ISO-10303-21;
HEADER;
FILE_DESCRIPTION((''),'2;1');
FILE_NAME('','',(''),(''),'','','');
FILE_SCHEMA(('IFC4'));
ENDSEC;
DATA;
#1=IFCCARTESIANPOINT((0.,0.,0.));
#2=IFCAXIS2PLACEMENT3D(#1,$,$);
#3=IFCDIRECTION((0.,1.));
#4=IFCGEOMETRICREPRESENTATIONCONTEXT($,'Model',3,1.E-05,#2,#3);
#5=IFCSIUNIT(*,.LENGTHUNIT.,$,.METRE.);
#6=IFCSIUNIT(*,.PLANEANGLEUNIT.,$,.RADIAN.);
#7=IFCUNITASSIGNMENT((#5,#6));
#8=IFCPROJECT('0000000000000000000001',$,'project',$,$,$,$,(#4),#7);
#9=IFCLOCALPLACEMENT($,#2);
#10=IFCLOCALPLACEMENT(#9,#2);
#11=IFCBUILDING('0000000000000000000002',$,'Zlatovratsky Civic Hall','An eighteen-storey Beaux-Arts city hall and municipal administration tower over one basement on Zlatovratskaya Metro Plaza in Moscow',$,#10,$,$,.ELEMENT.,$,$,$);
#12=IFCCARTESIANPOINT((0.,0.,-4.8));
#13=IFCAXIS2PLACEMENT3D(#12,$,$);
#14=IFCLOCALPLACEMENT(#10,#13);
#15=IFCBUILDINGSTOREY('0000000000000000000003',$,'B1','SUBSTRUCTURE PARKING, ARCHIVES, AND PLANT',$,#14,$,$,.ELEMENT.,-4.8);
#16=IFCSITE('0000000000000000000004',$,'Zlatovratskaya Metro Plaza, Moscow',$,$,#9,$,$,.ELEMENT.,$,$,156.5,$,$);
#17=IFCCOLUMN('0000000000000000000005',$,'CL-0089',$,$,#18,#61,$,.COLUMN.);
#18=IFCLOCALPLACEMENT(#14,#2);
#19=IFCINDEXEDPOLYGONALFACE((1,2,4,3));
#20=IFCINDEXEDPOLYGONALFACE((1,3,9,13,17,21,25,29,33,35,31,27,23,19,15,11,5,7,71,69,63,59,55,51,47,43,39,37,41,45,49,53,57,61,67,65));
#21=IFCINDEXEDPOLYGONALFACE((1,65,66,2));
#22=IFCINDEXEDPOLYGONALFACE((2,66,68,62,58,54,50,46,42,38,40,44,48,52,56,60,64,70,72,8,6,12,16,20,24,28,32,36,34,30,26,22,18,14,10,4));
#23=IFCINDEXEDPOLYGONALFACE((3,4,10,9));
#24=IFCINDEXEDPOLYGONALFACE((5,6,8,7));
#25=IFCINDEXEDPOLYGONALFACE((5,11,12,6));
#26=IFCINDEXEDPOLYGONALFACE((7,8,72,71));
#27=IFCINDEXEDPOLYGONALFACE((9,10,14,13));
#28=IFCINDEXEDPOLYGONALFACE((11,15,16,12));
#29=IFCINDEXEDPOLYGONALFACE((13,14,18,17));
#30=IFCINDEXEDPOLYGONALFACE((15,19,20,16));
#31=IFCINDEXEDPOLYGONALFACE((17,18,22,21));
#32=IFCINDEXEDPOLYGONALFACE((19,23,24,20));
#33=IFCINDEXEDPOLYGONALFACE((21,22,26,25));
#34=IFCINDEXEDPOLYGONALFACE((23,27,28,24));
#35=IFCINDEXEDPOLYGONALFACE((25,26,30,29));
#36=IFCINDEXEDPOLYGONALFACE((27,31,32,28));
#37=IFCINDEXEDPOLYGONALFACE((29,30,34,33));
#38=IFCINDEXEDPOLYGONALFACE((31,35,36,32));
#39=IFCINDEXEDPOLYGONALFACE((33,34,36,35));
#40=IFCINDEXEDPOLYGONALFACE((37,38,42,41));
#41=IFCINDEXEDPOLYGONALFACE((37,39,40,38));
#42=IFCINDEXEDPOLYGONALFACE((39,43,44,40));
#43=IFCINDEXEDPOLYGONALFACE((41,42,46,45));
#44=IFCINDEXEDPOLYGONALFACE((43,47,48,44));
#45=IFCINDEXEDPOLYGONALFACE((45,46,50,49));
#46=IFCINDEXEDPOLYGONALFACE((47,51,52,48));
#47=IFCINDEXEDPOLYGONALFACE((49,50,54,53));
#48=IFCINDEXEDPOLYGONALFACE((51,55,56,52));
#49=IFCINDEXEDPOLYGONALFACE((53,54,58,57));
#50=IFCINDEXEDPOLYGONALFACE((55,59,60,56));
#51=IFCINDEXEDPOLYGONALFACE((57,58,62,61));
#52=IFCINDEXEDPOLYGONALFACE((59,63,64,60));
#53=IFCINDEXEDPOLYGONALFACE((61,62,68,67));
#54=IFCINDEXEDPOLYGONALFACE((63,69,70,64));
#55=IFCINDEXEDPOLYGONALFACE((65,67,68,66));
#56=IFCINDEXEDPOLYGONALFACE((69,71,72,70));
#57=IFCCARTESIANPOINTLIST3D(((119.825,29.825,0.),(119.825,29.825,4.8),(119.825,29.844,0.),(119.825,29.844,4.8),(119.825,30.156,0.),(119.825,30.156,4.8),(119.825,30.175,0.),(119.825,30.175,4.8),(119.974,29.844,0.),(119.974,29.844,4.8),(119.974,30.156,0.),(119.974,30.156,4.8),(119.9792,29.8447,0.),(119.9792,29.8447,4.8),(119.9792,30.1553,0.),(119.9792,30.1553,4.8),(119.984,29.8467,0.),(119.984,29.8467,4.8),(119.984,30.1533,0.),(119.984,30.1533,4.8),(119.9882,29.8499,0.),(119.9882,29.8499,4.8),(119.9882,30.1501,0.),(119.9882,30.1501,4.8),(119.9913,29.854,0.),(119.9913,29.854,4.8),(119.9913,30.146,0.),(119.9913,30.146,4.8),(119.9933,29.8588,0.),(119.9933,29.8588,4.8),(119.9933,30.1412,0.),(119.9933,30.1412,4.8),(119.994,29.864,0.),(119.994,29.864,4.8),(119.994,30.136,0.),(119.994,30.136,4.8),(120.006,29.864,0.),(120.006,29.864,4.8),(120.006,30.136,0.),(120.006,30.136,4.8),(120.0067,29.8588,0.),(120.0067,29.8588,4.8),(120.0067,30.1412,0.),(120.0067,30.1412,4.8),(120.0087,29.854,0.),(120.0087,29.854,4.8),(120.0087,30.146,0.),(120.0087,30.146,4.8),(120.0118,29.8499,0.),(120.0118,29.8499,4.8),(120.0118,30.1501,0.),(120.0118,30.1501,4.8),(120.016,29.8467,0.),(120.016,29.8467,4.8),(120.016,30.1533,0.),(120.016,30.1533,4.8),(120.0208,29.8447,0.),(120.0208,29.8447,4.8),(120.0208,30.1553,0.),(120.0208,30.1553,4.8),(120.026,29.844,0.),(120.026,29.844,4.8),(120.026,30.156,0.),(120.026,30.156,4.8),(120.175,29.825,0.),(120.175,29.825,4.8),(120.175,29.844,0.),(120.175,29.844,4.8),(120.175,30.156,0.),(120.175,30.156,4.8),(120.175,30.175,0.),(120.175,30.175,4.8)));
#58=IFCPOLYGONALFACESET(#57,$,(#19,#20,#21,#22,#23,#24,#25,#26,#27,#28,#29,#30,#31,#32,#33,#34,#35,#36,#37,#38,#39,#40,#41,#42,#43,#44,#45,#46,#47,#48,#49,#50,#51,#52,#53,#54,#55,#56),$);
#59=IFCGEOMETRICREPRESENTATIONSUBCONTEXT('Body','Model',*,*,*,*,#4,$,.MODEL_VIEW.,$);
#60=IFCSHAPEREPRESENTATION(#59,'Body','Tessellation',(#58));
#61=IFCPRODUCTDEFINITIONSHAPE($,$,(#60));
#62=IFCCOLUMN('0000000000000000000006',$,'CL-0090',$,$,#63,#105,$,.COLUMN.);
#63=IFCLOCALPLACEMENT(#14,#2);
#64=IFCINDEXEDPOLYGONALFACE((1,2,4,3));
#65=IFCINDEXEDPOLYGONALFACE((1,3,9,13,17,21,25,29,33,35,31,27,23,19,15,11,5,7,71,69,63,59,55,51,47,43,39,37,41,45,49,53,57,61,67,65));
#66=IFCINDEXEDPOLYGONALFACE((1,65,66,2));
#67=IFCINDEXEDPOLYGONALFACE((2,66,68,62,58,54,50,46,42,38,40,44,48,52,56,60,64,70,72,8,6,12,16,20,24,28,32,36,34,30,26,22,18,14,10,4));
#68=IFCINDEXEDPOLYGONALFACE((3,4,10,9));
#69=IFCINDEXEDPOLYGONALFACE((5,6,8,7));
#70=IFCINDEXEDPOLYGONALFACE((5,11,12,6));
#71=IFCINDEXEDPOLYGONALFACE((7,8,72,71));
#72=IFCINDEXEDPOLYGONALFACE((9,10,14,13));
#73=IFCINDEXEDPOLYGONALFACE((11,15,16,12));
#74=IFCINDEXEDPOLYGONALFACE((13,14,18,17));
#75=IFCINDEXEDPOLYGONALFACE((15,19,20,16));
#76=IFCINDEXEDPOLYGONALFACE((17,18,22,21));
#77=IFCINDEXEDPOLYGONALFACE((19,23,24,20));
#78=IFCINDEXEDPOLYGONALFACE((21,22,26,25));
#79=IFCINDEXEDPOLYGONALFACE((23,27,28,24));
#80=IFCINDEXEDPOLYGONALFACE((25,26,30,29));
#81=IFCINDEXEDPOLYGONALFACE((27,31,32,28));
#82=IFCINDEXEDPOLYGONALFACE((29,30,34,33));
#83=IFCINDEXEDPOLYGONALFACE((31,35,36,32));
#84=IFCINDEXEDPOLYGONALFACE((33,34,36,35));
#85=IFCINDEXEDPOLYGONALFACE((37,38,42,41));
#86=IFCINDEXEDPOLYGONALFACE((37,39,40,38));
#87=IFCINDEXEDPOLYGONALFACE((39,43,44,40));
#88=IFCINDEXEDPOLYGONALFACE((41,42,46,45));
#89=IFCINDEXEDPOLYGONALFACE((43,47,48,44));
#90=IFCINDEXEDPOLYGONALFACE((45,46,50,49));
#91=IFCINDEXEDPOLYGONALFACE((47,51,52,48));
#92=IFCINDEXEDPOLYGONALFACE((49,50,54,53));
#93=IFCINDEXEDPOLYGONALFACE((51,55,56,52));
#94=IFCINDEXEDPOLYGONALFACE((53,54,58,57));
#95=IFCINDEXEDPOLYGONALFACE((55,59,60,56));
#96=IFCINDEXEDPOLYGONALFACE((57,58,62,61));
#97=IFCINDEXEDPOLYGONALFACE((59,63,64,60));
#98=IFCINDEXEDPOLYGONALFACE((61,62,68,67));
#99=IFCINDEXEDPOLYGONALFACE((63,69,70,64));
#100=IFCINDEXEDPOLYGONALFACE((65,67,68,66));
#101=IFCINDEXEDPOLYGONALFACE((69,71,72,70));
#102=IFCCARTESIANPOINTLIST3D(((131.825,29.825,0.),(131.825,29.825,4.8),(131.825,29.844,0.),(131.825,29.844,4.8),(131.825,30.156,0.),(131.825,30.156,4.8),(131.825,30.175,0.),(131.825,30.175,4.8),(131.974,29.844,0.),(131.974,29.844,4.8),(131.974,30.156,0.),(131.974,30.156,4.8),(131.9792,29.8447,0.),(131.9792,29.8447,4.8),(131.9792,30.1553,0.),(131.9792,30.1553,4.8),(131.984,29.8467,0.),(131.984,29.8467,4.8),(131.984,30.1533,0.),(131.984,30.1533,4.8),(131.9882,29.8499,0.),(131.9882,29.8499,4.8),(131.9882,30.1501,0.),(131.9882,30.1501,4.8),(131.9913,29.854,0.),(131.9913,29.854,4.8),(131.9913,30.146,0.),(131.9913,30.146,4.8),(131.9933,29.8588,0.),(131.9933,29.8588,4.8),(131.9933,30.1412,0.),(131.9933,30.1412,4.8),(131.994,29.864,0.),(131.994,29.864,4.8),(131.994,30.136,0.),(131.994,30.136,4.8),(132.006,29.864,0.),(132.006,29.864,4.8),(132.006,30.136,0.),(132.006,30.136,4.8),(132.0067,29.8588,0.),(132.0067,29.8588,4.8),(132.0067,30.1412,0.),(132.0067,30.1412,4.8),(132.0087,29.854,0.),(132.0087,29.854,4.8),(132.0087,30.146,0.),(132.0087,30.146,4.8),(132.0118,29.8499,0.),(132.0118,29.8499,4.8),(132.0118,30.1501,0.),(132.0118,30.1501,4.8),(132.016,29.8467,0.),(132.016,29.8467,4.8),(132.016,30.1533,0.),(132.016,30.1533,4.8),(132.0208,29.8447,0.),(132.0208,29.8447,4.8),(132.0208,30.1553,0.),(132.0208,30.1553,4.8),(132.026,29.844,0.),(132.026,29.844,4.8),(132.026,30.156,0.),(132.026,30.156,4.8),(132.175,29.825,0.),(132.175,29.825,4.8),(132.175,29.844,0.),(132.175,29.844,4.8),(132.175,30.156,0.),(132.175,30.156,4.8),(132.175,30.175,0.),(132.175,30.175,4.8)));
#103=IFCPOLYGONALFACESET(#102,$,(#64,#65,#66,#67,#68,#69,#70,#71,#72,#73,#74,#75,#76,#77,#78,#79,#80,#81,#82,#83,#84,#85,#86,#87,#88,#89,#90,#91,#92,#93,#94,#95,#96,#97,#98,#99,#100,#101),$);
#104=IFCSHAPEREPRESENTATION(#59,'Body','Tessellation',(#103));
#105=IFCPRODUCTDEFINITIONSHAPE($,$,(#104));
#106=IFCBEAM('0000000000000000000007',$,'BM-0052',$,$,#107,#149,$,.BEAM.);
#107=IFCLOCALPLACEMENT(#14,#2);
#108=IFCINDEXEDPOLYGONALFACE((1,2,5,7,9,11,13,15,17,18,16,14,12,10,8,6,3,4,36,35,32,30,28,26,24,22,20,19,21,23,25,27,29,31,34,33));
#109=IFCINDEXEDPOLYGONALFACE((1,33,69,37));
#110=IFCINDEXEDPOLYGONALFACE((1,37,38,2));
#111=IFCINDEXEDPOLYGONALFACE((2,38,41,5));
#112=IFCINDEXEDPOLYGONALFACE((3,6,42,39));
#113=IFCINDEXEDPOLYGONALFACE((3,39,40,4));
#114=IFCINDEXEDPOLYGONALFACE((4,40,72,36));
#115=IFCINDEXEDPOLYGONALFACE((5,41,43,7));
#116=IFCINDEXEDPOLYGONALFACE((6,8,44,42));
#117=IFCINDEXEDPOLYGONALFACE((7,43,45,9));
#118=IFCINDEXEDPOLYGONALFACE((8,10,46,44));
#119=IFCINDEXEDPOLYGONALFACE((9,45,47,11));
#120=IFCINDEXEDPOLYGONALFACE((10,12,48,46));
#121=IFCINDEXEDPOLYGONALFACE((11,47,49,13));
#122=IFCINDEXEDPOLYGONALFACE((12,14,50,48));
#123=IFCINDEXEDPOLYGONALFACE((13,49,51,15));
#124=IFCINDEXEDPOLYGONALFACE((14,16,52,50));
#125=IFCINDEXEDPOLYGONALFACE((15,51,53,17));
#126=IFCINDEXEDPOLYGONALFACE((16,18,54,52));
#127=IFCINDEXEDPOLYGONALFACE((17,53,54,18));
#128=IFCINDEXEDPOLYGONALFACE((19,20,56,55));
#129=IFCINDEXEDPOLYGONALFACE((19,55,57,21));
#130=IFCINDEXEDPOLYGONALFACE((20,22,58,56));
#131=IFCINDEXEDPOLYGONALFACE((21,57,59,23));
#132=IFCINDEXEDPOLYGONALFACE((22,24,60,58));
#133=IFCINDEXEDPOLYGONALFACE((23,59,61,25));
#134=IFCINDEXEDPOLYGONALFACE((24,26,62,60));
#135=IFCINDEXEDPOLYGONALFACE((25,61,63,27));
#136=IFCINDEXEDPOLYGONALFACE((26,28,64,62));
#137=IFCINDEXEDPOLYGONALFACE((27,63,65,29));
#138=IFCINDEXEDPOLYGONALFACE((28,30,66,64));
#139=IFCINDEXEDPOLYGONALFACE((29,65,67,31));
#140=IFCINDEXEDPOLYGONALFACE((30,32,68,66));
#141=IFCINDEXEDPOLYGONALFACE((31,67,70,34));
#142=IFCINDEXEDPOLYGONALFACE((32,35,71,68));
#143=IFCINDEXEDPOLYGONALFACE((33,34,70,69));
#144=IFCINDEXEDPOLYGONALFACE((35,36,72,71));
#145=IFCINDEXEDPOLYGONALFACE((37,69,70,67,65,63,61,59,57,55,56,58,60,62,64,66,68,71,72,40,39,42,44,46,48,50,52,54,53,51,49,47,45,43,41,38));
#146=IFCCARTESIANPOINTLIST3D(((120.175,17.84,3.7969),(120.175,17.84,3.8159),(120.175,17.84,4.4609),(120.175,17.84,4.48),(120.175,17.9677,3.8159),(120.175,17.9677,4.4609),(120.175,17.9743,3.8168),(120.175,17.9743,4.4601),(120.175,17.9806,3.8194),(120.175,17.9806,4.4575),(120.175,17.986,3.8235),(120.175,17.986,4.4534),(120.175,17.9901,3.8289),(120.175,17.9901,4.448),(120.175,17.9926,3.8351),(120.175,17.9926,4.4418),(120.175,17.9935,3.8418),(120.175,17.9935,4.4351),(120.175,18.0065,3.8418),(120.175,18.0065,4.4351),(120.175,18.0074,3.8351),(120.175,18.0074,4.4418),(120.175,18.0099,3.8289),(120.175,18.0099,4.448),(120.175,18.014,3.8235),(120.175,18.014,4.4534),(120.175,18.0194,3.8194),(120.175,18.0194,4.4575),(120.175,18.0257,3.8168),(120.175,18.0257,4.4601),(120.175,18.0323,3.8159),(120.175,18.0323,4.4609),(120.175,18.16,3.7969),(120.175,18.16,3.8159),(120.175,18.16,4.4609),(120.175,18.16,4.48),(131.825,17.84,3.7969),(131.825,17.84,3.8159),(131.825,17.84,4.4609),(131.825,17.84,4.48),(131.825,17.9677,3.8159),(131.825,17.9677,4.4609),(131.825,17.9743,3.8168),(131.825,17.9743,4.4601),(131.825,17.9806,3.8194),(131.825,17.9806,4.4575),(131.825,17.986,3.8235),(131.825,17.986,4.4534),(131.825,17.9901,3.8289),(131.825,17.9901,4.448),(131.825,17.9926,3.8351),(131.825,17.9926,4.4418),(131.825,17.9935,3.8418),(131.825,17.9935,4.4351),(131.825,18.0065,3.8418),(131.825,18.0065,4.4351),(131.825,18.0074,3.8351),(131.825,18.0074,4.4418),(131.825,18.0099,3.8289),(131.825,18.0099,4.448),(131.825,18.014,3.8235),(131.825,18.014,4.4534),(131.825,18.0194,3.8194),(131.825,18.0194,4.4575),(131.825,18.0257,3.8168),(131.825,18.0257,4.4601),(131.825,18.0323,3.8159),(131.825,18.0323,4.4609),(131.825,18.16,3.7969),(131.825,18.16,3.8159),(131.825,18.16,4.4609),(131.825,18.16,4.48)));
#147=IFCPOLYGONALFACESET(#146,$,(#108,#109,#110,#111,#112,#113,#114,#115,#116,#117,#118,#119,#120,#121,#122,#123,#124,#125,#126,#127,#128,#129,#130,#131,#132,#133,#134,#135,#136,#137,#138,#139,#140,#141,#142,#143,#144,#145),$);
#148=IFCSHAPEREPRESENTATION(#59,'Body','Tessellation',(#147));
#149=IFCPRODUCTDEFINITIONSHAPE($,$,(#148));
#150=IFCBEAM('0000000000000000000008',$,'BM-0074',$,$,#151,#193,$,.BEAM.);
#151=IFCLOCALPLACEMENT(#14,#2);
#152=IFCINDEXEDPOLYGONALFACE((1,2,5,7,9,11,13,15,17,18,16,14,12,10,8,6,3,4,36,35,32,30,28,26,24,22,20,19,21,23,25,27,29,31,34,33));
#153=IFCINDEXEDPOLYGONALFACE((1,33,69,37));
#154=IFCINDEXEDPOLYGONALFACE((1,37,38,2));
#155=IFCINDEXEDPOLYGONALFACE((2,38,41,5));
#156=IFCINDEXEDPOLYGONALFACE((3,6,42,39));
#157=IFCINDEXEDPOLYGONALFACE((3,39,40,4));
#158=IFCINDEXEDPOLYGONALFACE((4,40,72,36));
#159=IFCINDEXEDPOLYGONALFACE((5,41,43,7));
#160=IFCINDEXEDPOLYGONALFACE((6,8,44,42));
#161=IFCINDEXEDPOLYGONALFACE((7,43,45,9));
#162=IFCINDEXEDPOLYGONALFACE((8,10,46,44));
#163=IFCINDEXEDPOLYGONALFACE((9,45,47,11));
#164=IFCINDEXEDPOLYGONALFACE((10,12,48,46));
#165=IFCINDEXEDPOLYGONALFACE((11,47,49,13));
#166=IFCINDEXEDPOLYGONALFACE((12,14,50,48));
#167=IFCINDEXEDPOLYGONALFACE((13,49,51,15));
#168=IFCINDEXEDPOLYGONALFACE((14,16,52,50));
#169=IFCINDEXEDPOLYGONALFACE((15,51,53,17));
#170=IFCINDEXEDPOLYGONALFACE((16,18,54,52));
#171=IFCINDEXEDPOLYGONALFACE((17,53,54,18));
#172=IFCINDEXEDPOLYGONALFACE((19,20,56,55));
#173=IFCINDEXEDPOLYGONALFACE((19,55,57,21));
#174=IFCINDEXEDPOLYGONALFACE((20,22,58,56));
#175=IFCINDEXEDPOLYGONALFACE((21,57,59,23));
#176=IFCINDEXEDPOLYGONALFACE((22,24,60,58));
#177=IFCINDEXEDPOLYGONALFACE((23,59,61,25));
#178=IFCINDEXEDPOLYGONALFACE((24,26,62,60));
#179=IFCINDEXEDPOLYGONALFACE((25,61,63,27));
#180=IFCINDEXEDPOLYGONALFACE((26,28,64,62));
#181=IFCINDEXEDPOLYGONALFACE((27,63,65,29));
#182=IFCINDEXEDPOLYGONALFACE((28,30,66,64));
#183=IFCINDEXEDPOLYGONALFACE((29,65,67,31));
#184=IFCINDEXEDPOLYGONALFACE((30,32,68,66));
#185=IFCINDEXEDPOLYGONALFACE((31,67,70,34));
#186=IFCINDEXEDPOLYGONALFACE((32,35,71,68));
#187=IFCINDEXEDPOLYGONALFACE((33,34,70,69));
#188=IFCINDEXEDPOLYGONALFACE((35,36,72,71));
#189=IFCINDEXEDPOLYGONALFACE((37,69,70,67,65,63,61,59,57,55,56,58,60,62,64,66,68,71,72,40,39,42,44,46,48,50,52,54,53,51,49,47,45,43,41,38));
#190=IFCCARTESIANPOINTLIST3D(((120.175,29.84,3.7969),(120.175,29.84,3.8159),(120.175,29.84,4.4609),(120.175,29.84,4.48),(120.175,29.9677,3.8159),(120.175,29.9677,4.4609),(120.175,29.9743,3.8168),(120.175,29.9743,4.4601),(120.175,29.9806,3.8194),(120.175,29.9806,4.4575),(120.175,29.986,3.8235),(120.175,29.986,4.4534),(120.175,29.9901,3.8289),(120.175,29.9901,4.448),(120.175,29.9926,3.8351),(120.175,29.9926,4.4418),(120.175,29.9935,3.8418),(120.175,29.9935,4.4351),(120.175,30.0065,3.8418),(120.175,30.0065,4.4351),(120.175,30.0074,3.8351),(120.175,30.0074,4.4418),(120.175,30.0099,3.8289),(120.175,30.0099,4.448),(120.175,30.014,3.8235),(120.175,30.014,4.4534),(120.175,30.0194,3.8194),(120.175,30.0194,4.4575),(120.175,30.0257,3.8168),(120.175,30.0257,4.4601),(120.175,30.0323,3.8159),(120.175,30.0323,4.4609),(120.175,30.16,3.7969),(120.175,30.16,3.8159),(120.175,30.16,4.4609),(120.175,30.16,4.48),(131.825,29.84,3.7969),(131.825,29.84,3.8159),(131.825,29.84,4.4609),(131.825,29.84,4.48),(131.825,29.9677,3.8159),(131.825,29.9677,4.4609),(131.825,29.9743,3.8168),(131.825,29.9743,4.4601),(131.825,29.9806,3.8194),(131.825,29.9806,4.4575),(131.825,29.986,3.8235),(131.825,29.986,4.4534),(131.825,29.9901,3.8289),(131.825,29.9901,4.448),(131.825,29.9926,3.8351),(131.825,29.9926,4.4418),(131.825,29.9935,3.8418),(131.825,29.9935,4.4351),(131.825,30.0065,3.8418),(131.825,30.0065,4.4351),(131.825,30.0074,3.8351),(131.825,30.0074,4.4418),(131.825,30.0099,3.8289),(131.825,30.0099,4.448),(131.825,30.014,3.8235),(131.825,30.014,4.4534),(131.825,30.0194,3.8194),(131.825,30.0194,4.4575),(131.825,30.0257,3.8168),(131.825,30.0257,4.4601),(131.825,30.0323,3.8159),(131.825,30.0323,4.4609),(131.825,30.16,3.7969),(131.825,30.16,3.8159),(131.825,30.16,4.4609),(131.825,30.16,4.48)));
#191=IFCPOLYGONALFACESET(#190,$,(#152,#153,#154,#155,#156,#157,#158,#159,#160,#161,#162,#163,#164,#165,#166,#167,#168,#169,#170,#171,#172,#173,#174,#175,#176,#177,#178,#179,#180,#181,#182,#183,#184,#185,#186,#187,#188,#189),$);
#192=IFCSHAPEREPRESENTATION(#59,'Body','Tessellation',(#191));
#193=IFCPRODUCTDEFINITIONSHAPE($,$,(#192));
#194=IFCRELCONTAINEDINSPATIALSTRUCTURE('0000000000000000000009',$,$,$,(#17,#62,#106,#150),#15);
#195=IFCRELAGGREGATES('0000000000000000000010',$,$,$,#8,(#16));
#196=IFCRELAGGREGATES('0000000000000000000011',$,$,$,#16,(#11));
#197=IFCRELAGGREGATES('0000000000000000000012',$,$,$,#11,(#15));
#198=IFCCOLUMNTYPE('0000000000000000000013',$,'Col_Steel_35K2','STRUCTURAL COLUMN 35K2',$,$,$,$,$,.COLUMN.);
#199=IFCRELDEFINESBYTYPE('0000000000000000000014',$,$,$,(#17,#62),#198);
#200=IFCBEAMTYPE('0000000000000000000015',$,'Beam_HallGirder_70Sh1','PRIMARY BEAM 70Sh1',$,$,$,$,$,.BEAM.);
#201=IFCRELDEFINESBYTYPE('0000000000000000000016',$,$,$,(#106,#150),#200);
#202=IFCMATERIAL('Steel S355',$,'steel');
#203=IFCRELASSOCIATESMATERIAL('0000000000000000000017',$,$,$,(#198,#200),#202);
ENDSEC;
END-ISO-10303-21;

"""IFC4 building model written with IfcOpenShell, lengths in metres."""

from ifc_helpers import new_model, si_unit, direction, frame, origin, origin_2d, place, context, subcontext, project, spatial, i_section, extrude, material, material_profile, profile_set, type_object, element, save


model = new_model("IFC4")

# Units and contexts
model_context = context("Model", 3, precision=1e-05, world=origin(), true_north=direction((0.0, 1.0)))
body_context = subcontext(model_context, "Body", "Model", "MODEL_VIEW")
ifc_project = project(units=[si_unit("LENGTHUNIT", "METRE"), si_unit("PLANEANGLEUNIT", "RADIAN")], contexts=[model_context])

# Site, building, storey
site_placement = place(None, origin())
site = spatial("IfcSite", under=ifc_project, at=site_placement, Name="Zlatovratskaya Metro Plaza, Moscow", CompositionType="ELEMENT", RefElevation=156.5)
building_placement = place(site_placement, origin())
building = spatial("IfcBuilding", under=site, at=building_placement, Name="Zlatovratsky Civic Hall", Description="An eighteen-storey Beaux-Arts city hall and municipal administration tower over one basement on Zlatovratskaya Metro Plaza in Moscow", CompositionType="ELEMENT")
storey_placement = place(building_placement, frame((0.0, 0.0, -4.8)))
storey = spatial("IfcBuildingStorey", under=building, at=storey_placement, Name="B1", Description="SUBSTRUCTURE PARKING, ARCHIVES, AND PLANT", CompositionType="ELEMENT", Elevation=-4.8)

# Columns
ifc_material_1 = material(Name="Steel S355", Category="steel")
ifc_material_profile_1 = material_profile(ifc_material_1, i_section(OverallWidth=0.3501, OverallDepth=0.3501, WebThickness=0.012, FlangeThickness=0.019, FilletRadius=0.02, at=origin_2d()), Name="35K2")
ifc_profile_set_1 = profile_set([ifc_material_profile_1], Name="Steel S355")
column_type = type_object("IfcColumnType", Name="Col_Steel_35K2", Description="STRUCTURAL COLUMN 35K2", PredefinedType="COLUMN", material=ifc_profile_set_1)
for number, where, z_axis, x_axis, name in (
    (1, (120.0, 30.0, 0.0), (0.0, 0.0, 1.0), (1.0, 0.0, 0.0), "CL-0089"),
    (2, (132.0, 30.0, 0.0), (0.0, 0.0, 1.0), (1.0, 0.0, 0.0), "CL-0090"),
):
    element("IfcColumn", number, at=place(storey_placement, frame(where, z_axis=z_axis, x_axis=x_axis)), inside=storey, type_object=column_type, Name=name, PredefinedType="COLUMN", context=body_context, shape_type="SweptSolid", body=[
        extrude(i_section(OverallWidth=0.3501, OverallDepth=0.3501, WebThickness=0.012, FlangeThickness=0.019, FilletRadius=0.02, at=origin_2d()), origin(), (0.0, 0.0, 1.0), 4.8),
    ])

# Beams
ifc_material_profile_2 = material_profile(ifc_material_1, i_section(OverallWidth=0.3201, OverallDepth=0.6831, WebThickness=0.0129, FlangeThickness=0.019, FilletRadius=0.0259, at=origin_2d()), Name="70Sh1")
ifc_profile_set_2 = profile_set([ifc_material_profile_2], Name="Steel S355")
beam_type_1 = type_object("IfcBeamType", Name="Beam_HallGirder_70Sh1", Description="PRIMARY BEAM 70Sh1", PredefinedType="BEAM", material=ifc_profile_set_2)
for number, where, z_axis, x_axis, name in (
    (3, (120.175, 18.0, 4.1384), (1.0, 0.0, 0.0), (0.0, 1.0, 0.0), "BM-0052"),
    (4, (120.175, 30.0, 4.1384), (1.0, 0.0, 0.0), (0.0, 1.0, 0.0), "BM-0074"),
):
    element("IfcBeam", number, at=place(storey_placement, frame(where, z_axis=z_axis, x_axis=x_axis)), inside=storey, type_object=beam_type_1, Name=name, PredefinedType="BEAM", context=body_context, shape_type="SweptSolid", body=[
        extrude(i_section(OverallWidth=0.3201, OverallDepth=0.6831, WebThickness=0.0129, FlangeThickness=0.019, FilletRadius=0.0259, at=origin_2d()), origin(), (0.0, 0.0, 1.0), 11.6499),
    ])

save(model, "model.ifc")
